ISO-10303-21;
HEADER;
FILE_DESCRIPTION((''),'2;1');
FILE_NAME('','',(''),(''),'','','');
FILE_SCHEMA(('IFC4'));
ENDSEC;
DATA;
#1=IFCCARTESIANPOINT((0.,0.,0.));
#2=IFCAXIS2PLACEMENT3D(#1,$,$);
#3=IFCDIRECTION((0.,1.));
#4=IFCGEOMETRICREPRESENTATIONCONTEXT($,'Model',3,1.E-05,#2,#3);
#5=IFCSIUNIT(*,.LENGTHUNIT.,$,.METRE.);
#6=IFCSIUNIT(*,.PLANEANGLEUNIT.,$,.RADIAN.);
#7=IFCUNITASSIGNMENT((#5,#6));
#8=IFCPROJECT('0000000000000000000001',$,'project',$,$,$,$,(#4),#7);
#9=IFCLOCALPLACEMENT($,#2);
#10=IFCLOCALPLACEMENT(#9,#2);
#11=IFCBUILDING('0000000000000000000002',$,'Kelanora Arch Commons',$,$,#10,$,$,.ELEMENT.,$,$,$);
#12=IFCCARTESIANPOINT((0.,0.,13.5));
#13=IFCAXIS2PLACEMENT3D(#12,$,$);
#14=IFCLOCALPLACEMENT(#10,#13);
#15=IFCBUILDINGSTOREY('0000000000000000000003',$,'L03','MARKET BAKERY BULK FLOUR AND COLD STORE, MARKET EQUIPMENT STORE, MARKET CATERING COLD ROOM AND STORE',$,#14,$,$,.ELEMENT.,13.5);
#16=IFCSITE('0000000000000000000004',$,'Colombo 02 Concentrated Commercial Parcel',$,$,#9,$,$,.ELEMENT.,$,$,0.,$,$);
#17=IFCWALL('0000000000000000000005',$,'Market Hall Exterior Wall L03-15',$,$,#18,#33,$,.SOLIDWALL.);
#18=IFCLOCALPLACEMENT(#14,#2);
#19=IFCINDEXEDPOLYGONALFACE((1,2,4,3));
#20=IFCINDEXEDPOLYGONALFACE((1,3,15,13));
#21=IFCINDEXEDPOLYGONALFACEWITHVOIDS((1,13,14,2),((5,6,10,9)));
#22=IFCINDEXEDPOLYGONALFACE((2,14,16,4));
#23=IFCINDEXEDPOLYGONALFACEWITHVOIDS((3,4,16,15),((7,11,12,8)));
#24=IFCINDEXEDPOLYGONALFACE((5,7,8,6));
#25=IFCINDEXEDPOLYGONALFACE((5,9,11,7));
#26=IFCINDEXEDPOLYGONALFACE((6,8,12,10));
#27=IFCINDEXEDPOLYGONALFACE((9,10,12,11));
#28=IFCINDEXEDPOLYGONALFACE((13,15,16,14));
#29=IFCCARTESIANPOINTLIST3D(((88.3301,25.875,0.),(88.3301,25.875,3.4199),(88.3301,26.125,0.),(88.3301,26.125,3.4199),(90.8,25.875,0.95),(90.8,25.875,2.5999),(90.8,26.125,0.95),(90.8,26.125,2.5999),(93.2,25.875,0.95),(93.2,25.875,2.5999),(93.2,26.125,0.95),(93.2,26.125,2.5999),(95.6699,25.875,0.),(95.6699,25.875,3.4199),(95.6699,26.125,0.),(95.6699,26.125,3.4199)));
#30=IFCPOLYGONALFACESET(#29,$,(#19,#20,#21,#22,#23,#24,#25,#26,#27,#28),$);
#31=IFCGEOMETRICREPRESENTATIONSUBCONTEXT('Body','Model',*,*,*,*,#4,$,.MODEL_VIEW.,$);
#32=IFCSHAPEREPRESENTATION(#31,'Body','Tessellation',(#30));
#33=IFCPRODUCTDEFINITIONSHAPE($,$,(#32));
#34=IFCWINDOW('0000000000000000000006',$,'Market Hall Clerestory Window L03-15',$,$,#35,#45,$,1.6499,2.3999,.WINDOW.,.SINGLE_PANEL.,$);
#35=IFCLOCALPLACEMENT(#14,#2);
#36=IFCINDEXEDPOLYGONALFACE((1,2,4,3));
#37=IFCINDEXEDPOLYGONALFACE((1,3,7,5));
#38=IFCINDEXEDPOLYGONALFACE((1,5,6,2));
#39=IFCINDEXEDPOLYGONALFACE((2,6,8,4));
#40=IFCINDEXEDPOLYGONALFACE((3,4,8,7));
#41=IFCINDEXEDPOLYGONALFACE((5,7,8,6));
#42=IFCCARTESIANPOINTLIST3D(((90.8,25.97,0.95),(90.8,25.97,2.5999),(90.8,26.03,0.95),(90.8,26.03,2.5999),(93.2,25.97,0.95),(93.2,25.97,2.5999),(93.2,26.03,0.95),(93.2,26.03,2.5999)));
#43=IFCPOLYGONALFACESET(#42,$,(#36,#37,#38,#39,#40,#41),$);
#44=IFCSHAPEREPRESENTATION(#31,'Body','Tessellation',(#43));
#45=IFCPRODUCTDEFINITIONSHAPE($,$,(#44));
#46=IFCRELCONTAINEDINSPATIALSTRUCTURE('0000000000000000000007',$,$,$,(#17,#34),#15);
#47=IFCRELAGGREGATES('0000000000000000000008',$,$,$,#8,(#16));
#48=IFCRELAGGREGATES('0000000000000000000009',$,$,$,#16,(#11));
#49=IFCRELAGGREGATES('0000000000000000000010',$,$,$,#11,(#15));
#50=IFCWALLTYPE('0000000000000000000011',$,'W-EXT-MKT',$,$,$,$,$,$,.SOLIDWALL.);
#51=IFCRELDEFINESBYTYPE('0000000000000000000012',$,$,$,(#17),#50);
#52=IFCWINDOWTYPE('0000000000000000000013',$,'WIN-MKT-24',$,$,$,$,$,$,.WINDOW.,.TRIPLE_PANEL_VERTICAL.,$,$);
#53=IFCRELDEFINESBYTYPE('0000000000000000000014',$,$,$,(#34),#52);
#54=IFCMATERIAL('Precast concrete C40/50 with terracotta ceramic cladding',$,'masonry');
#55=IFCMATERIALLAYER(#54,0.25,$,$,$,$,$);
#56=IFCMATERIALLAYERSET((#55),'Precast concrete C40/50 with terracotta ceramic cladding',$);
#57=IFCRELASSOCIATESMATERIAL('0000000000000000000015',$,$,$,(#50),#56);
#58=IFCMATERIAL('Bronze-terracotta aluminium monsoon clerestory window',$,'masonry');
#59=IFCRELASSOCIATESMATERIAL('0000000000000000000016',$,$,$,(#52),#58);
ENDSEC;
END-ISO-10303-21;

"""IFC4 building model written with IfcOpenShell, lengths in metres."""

from ifc_helpers import new_model, si_unit, direction, frame, frame_2d, origin, place, context, subcontext, project, spatial, rectangle, extrude, material, layer, layer_set, type_object, element, fill, save


model = new_model("IFC4")

# Units and contexts
model_context = context("Model", 3, precision=1e-05, world=origin(), true_north=direction((0.0, 1.0)))
body_context = subcontext(model_context, "Body", "Model", "MODEL_VIEW")
ifc_project = project(units=[si_unit("LENGTHUNIT", "METRE"), si_unit("PLANEANGLEUNIT", "RADIAN")], contexts=[model_context])

# Site, building, storey
site_placement = place(None, origin())
site = spatial("IfcSite", under=ifc_project, at=site_placement, Name="Colombo 02 Concentrated Commercial Parcel", CompositionType="ELEMENT", RefElevation=0.0)
building_placement = place(site_placement, origin())
building = spatial("IfcBuilding", under=site, at=building_placement, Name="Kelanora Arch Commons", CompositionType="ELEMENT")
storey_placement = place(building_placement, frame((0.0, 0.0, 13.5)))
storey = spatial("IfcBuildingStorey", under=building, at=storey_placement, Name="L03", Description="MARKET BAKERY BULK FLOUR AND COLD STORE, MARKET EQUIPMENT STORE, MARKET CATERING COLD ROOM AND STORE", CompositionType="ELEMENT", Elevation=13.5)

# Wall, opening, window
ifc_material_1 = material(Name="Precast concrete C40/50 with terracotta ceramic cladding", Category="masonry")
ifc_layer_1 = layer(ifc_material_1, 0.25)
ifc_layer_set_1 = layer_set([ifc_layer_1], Name="Precast concrete C40/50 with terracotta ceramic cladding")
wall_type = type_object("IfcWallType", Name="W-EXT-MKT", PredefinedType="SOLIDWALL", material=ifc_layer_set_1)
wall_placement = place(storey_placement, frame((95.6699, 26.0, 0.0), z_axis=(0.0, 0.0, 1.0), x_axis=(-1.0, 0.0, 0.0)))
wall = element("IfcWall", 1, at=wall_placement, inside=storey, type_object=wall_type, Name="Market Hall Exterior Wall L03-15", PredefinedType="SOLIDWALL", context=body_context, shape_type="SweptSolid", body=[
    extrude(rectangle(XDim=7.3398, YDim=0.25, at=frame_2d((3.6699, 0.0))), origin(), (0.0, 0.0, 1.0), 3.4199),
])
opening_placement = place(wall_placement, frame((2.47, 0.0, 0.95)))
opening = element("IfcOpeningElement", 2, at=opening_placement, cuts=wall, PredefinedType="OPENING", context=body_context, shape_type="SweptSolid", body=[
    extrude(rectangle(XDim=2.3999, YDim=1.6499, at=frame_2d((1.2, 0.825))), frame((0.0, 0.135, 0.0), z_axis=(0.0, -1.0, 0.0), x_axis=(1.0, 0.0, 0.0)), (0.0, 0.0, 1.0), 0.27),
])
ifc_material_2 = material(Name="Bronze-terracotta aluminium monsoon clerestory window", Category="masonry")
window_type = type_object("IfcWindowType", Name="WIN-MKT-24", PartitioningType="TRIPLE_PANEL_VERTICAL", PredefinedType="WINDOW", material=ifc_material_2)
window_placement = place(opening_placement, origin())
window = element("IfcWindow", 3, at=window_placement, inside=storey, type_object=window_type, Name="Market Hall Clerestory Window L03-15", OverallHeight=1.6499, OverallWidth=2.3999, PartitioningType="SINGLE_PANEL", PredefinedType="WINDOW", context=body_context, shape_type="SweptSolid", body=[
    extrude(rectangle(XDim=2.3999, YDim=1.6499, at=frame_2d((1.2, 0.825))), frame((0.0, 0.03, 0.0), z_axis=(0.0, -1.0, 0.0), x_axis=(1.0, 0.0, 0.0)), (0.0, 0.0, 1.0), 0.0601),
])
fill(opening, window)

save(model, "model.ifc")
